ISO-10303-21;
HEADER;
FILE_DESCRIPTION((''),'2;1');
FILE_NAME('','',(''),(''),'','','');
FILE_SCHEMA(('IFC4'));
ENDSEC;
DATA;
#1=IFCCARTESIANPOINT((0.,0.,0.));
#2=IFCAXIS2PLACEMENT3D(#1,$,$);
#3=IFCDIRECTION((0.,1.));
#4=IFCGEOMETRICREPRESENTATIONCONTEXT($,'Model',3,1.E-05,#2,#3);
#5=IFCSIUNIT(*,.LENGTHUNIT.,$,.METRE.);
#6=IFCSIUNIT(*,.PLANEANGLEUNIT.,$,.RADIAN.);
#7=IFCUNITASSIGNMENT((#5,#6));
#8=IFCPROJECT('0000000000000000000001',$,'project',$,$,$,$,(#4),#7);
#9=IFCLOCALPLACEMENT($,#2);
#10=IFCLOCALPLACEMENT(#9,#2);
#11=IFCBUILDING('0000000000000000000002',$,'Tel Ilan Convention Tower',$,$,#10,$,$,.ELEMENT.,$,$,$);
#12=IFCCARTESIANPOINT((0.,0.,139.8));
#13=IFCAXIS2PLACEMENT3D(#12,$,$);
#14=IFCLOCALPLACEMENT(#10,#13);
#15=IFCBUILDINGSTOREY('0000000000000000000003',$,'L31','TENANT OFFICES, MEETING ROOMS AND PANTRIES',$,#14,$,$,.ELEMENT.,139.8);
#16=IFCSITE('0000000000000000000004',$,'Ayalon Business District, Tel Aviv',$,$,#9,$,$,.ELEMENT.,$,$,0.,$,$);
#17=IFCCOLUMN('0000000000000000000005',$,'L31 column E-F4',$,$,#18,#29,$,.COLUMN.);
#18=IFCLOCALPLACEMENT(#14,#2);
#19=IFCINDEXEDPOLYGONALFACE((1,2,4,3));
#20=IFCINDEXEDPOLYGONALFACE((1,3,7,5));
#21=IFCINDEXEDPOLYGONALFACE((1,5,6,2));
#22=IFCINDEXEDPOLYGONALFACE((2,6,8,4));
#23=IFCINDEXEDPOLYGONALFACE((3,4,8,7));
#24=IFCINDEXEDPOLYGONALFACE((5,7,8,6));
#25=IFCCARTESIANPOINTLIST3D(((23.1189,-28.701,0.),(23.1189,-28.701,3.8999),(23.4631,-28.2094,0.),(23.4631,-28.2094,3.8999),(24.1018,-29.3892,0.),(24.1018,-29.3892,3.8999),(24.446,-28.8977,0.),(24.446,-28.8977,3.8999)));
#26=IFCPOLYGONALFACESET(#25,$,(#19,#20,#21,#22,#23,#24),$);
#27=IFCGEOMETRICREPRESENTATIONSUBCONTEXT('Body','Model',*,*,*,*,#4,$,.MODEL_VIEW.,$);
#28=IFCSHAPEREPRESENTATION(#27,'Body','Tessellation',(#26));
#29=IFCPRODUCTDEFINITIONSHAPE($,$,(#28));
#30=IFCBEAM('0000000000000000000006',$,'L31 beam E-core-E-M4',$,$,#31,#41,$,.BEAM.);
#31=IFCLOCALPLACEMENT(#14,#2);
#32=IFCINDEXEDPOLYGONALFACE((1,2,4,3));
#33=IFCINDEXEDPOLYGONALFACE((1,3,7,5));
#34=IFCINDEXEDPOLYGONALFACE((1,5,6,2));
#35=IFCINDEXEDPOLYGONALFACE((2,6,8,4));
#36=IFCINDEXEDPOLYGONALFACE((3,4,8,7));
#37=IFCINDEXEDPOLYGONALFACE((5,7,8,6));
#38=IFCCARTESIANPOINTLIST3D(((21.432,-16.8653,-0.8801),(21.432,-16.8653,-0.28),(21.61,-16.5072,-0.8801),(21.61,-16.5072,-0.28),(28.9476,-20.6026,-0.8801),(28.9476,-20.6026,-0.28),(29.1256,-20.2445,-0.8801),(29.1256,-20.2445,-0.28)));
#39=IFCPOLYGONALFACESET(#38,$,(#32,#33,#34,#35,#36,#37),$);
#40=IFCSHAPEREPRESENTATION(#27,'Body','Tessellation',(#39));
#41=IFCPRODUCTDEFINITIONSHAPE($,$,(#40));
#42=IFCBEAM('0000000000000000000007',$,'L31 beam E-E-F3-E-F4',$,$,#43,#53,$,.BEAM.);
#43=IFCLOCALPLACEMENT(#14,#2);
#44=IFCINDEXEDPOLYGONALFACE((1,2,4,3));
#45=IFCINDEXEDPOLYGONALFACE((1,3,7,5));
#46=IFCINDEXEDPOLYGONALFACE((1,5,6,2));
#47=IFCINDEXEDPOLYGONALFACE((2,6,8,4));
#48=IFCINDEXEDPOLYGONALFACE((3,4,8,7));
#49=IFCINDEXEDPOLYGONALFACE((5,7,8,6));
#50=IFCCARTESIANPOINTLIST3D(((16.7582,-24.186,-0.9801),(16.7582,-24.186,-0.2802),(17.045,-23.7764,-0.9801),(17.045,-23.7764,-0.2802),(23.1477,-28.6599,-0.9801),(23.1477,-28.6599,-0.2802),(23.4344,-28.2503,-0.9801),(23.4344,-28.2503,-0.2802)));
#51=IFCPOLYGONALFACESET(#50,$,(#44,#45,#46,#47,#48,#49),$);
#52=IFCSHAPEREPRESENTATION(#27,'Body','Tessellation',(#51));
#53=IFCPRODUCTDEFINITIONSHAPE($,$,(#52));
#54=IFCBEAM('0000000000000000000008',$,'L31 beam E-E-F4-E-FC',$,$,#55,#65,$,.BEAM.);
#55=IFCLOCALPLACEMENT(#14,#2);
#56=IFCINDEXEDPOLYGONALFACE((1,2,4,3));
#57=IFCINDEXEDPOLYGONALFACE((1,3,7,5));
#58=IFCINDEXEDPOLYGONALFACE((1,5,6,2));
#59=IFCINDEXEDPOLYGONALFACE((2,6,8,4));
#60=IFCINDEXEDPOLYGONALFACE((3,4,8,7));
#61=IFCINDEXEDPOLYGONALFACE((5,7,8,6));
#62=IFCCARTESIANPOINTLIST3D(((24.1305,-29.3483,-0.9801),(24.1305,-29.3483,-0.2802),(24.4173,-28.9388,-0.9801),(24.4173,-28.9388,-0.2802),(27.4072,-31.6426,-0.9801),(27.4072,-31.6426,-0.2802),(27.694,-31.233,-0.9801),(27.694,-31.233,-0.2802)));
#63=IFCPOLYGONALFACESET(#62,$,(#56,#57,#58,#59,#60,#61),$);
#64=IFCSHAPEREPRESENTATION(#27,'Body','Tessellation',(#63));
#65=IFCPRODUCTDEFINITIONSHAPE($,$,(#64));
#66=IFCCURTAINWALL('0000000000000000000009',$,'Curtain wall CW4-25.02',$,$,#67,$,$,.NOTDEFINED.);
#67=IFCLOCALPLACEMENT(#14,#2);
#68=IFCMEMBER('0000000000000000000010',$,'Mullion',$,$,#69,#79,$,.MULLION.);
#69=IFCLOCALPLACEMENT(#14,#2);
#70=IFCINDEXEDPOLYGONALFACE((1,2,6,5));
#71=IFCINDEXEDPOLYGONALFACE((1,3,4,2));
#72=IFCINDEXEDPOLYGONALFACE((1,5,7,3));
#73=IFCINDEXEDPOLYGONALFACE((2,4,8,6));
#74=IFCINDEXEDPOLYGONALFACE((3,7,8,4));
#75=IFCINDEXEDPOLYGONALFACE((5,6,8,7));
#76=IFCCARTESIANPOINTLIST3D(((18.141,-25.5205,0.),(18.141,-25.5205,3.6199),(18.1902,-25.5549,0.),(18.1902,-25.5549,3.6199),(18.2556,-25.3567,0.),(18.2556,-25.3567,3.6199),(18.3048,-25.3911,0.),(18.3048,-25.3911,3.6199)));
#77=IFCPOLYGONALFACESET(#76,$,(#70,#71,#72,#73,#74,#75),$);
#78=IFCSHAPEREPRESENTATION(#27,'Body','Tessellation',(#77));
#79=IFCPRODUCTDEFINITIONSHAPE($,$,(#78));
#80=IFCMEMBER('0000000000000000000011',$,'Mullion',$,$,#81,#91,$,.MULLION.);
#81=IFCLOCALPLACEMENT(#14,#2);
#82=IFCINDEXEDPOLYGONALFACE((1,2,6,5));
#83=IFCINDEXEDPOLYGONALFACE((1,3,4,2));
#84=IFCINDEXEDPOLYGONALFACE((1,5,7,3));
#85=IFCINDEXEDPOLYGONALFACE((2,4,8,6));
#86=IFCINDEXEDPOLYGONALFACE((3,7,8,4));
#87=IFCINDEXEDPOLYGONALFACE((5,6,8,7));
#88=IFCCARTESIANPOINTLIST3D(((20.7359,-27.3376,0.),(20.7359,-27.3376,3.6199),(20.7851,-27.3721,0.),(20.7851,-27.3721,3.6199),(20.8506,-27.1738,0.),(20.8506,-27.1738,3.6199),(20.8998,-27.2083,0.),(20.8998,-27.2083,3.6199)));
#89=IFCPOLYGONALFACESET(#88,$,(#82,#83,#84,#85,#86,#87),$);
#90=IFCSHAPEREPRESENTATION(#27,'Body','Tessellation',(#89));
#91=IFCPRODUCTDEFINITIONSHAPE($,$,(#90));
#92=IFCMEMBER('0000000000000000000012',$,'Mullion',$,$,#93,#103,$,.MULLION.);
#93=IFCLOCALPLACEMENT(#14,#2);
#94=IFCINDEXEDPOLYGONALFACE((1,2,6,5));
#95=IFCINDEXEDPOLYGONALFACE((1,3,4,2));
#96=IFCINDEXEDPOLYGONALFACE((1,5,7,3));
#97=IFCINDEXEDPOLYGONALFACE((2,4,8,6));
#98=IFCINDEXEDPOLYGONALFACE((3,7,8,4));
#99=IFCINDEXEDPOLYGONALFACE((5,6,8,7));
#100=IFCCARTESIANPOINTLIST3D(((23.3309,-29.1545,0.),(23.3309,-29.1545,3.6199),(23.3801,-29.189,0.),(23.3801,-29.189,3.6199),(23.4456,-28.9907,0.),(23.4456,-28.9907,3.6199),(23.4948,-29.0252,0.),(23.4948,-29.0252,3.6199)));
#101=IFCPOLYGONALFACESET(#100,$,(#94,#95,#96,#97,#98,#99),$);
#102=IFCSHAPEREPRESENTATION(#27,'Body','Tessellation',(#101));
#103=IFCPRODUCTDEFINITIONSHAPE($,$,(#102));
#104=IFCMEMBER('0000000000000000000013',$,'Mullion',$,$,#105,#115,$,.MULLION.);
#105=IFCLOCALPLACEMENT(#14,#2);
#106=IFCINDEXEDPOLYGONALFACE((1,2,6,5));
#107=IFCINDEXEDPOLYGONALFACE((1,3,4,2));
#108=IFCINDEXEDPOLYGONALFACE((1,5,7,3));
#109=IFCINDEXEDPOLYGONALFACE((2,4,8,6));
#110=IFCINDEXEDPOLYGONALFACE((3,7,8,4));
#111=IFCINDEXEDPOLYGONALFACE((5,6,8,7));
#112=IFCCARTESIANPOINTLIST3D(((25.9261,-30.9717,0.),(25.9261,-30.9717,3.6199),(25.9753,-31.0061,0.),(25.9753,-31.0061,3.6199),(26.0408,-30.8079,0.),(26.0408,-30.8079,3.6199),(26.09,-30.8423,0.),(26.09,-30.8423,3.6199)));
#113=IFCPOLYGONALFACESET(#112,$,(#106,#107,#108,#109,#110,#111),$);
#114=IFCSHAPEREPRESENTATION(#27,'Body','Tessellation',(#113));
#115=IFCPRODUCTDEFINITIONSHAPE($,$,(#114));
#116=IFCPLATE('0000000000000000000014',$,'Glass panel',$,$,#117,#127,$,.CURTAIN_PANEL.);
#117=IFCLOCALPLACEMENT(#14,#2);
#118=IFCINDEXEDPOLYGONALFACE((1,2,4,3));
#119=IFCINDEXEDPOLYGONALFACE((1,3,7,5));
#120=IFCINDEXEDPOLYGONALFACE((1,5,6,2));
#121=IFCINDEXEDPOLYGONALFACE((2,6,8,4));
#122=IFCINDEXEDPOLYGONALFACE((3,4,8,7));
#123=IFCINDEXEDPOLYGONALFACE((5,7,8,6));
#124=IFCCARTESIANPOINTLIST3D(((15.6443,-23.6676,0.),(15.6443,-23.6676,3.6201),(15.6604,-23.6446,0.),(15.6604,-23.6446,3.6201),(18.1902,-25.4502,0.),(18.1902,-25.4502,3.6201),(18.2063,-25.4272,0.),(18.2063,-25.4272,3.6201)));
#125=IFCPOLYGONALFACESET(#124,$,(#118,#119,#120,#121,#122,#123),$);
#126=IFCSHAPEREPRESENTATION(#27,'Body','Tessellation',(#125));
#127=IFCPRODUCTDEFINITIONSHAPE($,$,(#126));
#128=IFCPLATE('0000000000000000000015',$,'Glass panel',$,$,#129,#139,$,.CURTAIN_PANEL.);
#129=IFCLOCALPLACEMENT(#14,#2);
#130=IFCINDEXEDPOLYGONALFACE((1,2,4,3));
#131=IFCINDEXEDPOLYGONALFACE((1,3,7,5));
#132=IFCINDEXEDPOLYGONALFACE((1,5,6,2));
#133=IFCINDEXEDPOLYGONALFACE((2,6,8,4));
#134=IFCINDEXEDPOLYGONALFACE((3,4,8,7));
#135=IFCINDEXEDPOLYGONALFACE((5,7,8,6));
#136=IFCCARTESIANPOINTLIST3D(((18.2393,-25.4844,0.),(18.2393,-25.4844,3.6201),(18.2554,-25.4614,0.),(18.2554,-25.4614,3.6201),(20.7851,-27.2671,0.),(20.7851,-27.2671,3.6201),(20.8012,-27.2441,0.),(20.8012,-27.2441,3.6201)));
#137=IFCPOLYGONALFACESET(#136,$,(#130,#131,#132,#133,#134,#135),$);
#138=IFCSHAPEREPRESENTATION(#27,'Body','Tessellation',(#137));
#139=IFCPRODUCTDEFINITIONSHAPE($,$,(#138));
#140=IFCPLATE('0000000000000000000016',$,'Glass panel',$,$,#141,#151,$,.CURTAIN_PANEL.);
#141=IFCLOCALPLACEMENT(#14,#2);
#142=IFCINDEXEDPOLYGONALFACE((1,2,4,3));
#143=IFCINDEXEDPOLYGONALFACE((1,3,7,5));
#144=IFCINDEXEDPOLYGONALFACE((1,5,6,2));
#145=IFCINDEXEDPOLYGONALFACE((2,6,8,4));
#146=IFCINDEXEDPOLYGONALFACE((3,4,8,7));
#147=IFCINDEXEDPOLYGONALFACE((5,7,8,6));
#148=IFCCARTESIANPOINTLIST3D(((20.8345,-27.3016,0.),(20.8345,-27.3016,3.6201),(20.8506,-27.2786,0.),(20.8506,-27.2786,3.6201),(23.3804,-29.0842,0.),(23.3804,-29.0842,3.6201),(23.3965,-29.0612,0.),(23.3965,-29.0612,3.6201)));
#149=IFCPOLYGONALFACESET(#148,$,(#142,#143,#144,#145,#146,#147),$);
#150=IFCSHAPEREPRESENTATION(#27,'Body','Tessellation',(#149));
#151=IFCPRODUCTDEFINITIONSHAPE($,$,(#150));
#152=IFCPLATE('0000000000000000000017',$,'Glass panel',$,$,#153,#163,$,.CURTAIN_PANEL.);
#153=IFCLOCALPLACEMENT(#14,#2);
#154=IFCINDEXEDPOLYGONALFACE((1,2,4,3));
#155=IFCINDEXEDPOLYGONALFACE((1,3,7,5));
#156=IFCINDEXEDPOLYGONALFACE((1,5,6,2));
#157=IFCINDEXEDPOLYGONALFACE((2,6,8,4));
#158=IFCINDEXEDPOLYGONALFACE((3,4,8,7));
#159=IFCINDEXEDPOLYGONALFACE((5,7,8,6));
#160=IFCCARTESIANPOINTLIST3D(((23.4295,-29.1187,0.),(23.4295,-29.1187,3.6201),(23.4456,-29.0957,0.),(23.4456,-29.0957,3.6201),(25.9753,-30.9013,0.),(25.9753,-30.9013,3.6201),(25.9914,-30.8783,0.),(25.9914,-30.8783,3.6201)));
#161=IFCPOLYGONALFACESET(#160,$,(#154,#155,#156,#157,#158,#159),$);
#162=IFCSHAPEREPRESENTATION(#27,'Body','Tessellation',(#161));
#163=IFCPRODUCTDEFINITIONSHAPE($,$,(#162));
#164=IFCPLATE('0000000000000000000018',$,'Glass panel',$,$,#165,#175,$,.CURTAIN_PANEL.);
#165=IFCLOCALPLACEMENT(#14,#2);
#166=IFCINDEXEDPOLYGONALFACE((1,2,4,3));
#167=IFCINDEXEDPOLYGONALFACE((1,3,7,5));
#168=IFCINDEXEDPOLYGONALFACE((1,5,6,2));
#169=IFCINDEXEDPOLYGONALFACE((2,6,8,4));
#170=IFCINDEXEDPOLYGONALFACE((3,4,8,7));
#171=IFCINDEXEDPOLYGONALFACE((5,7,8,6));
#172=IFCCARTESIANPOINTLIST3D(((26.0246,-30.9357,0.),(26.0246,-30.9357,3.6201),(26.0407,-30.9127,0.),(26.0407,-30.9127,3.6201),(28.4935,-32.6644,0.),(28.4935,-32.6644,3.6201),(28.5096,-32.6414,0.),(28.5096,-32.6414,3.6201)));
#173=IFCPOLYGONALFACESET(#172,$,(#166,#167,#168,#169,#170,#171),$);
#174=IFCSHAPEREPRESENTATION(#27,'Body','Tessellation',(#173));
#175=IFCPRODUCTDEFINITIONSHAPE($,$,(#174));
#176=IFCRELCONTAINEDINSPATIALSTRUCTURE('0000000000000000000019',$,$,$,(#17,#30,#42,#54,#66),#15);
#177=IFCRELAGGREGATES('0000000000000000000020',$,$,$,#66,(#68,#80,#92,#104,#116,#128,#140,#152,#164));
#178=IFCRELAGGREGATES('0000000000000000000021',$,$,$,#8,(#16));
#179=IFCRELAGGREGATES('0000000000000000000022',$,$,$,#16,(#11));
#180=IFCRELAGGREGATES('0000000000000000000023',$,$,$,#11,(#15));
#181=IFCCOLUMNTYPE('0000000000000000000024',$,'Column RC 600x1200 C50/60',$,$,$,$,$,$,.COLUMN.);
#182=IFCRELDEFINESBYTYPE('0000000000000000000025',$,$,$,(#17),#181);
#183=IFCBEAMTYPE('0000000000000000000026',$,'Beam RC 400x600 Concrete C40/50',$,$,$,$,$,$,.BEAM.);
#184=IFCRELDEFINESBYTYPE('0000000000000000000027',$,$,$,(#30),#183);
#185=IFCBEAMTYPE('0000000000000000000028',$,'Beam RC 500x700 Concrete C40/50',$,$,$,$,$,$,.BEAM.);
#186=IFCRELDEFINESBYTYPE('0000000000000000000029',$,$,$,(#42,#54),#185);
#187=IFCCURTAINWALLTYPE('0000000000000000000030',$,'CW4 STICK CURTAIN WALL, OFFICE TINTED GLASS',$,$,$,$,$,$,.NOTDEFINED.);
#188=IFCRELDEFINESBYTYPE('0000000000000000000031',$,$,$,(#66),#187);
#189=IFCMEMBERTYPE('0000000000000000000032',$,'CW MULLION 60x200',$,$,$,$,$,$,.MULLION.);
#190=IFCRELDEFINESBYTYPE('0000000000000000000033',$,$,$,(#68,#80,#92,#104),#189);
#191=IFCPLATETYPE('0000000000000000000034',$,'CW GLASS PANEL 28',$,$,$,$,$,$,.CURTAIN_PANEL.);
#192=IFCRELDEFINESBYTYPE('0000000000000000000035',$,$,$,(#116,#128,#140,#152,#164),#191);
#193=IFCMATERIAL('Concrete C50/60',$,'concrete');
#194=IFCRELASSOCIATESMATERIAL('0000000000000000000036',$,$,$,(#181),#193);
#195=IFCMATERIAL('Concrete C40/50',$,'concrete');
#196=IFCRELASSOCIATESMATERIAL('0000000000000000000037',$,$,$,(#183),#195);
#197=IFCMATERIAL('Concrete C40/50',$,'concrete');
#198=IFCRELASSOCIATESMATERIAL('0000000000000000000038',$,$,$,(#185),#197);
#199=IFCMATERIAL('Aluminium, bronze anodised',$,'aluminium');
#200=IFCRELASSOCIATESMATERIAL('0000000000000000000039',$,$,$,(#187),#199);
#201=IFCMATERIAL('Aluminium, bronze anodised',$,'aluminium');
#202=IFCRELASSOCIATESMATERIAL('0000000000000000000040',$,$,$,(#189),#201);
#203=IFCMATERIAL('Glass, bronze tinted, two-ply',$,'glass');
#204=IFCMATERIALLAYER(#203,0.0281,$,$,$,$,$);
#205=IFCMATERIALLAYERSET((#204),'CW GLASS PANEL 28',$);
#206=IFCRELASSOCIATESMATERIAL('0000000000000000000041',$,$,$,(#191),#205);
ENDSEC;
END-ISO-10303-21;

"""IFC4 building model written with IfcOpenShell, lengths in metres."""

from ifc_helpers import new_model, si_unit, direction, frame, origin, origin_2d, place, context, subcontext, project, spatial, rectangle, extrude, material, layer, layer_set, material_profile, profile_set, type_object, element, aggregate, save


model = new_model("IFC4")

# Units and contexts
model_context = context("Model", 3, precision=1e-05, world=origin(), true_north=direction((0.0, 1.0)))
body_context = subcontext(model_context, "Body", "Model", "MODEL_VIEW")
ifc_project = project(units=[si_unit("LENGTHUNIT", "METRE"), si_unit("PLANEANGLEUNIT", "RADIAN")], contexts=[model_context])

# Site, building, storey
site_placement = place(None, origin())
site = spatial("IfcSite", under=ifc_project, at=site_placement, Name="Ayalon Business District, Tel Aviv", CompositionType="ELEMENT", RefElevation=0.0)
building_placement = place(site_placement, origin())
building = spatial("IfcBuilding", under=site, at=building_placement, Name="Tel Ilan Convention Tower", CompositionType="ELEMENT")
storey_placement = place(building_placement, frame((0.0, 0.0, 139.8)))
storey = spatial("IfcBuildingStorey", under=building, at=storey_placement, Name="L31", Description="TENANT OFFICES, MEETING ROOMS AND PANTRIES", CompositionType="ELEMENT", Elevation=139.8)

# Column
ifc_material_1 = material(Name="Concrete C50/60", Category="concrete")
ifc_material_profile_1 = material_profile(ifc_material_1, rectangle(XDim=1.2, YDim=0.6001, at=origin_2d()), Name="RC 600x1200")
ifc_profile_set_1 = profile_set([ifc_material_profile_1], Name="Concrete C50/60")
column_type = type_object("IfcColumnType", Name="Column RC 600x1200 C50/60", PredefinedType="COLUMN", material=ifc_profile_set_1)
column_placement = place(storey_placement, frame((23.7825, -28.7993, 0.0), z_axis=(0.0, 0.0, 1.0), x_axis=(0.819152, -0.573576, 0.0)))
element("IfcColumn", 1, at=column_placement, inside=storey, type_object=column_type, Name="L31 column E-F4", PredefinedType="COLUMN", context=body_context, shape_type="SweptSolid", body=[
    extrude(rectangle(XDim=1.2, YDim=0.6001, at=origin_2d()), origin(), (0.0, 0.0, 1.0), 3.8999),
])

# Beams
ifc_material_2 = material(Name="Concrete C40/50", Category="concrete")
ifc_material_profile_2 = material_profile(ifc_material_2, rectangle(XDim=0.3999, YDim=0.6001, at=origin_2d()), Name="RC 400x600")
ifc_profile_set_2 = profile_set([ifc_material_profile_2], Name="Concrete C40/50")
beam_type_1 = type_object("IfcBeamType", Name="Beam RC 400x600 Concrete C40/50", PredefinedType="BEAM", material=ifc_profile_set_2)
beam_1_placement = place(storey_placement, frame((21.521, -16.6863, -0.5801), z_axis=(0.895402, -0.445258, 0.0), x_axis=(0.445258, 0.895402, 0.0)))
element("IfcBeam", 2, at=beam_1_placement, inside=storey, type_object=beam_type_1, Name="L31 beam E-core-E-M4", PredefinedType="BEAM", context=body_context, shape_type="SweptSolid", body=[
    extrude(rectangle(XDim=0.3999, YDim=0.6001, at=origin_2d()), origin(), (0.0, 0.0, 1.0), 8.3936),
])
ifc_material_3 = material(Name="Concrete C40/50", Category="concrete")
ifc_material_profile_3 = material_profile(ifc_material_3, rectangle(XDim=0.5, YDim=0.7, at=origin_2d()), Name="RC 500x700")
ifc_profile_set_3 = profile_set([ifc_material_profile_3], Name="Concrete C40/50")
beam_type_2 = type_object("IfcBeamType", Name="Beam RC 500x700 Concrete C40/50", PredefinedType="BEAM", material=ifc_profile_set_3)
beam_2_placement = place(storey_placement, frame((16.9016, -23.9812, -0.6301), z_axis=(0.819154, -0.573574, 0.0), x_axis=(0.573574, 0.819154, 0.0)))
element("IfcBeam", 3, at=beam_2_placement, inside=storey, type_object=beam_type_2, Name="L31 beam E-E-F3-E-F4", PredefinedType="BEAM", context=body_context, shape_type="SweptSolid", body=[
    extrude(rectangle(XDim=0.5, YDim=0.7, at=origin_2d()), origin(), (0.0, 0.0, 1.0), 7.8),
])
beam_3_placement = place(storey_placement, frame((24.2739, -29.1436, -0.6301), z_axis=(0.819166, -0.573557, 0.0), x_axis=(0.573557, 0.819166, 0.0)))
element("IfcBeam", 4, at=beam_3_placement, inside=storey, type_object=beam_type_2, Name="L31 beam E-E-F4-E-FC", PredefinedType="BEAM", context=body_context, shape_type="SweptSolid", body=[
    extrude(rectangle(XDim=0.5, YDim=0.7, at=origin_2d()), origin(), (0.0, 0.0, 1.0), 4.0),
])

# Curtain wall, members, plates
ifc_material_4 = material(Name="Aluminium, bronze anodised", Category="aluminium")
curtain_wall_type = type_object("IfcCurtainWallType", Name="CW4 STICK CURTAIN WALL, OFFICE TINTED GLASS", PredefinedType="NOTDEFINED", material=ifc_material_4)
curtain_wall_placement = place(storey_placement, origin())
curtain_wall = element("IfcCurtainWall", 5, at=curtain_wall_placement, inside=storey, type_object=curtain_wall_type, Name="Curtain wall CW4-25.02", PredefinedType="NOTDEFINED")
ifc_material_5 = material(Name="Aluminium, bronze anodised", Category="aluminium")
ifc_material_profile_4 = material_profile(ifc_material_5, rectangle(XDim=0.0601, YDim=0.2, at=origin_2d()), Name="CW MULLION 60x200")
ifc_profile_set_4 = profile_set([ifc_material_profile_4], Name="Aluminium, bronze anodised")
member_type = type_object("IfcMemberType", Name="CW MULLION 60x200", PredefinedType="MULLION", material=ifc_profile_set_4)
member_1_placement = place(storey_placement, frame((18.2229, -25.4558, 0.0), z_axis=(0.0, 0.0, 1.0), x_axis=(0.819152, -0.573576, 0.0)))
member_1 = element("IfcMember", 6, at=member_1_placement, type_object=member_type, Name="Mullion", PredefinedType="MULLION", context=body_context, shape_type="SweptSolid", body=[
    extrude(rectangle(XDim=0.0601, YDim=0.2, at=origin_2d()), origin(), (0.0, 0.0, 1.0), 3.6199),
])
member_2_placement = place(storey_placement, frame((20.8179, -27.2729, 0.0), z_axis=(0.0, 0.0, 1.0), x_axis=(0.819152, -0.573576, 0.0)))
member_2 = element("IfcMember", 7, at=member_2_placement, type_object=member_type, Name="Mullion", PredefinedType="MULLION", context=body_context, shape_type="SweptSolid", body=[
    extrude(rectangle(XDim=0.0601, YDim=0.2, at=origin_2d()), origin(), (0.0, 0.0, 1.0), 3.6199),
])
member_3_placement = place(storey_placement, frame((23.4128, -29.0898, 0.0), z_axis=(0.0, 0.0, 1.0), x_axis=(0.819152, -0.573576, 0.0)))
member_3 = element("IfcMember", 8, at=member_3_placement, type_object=member_type, Name="Mullion", PredefinedType="MULLION", context=body_context, shape_type="SweptSolid", body=[
    extrude(rectangle(XDim=0.0601, YDim=0.2, at=origin_2d()), origin(), (0.0, 0.0, 1.0), 3.6199),
])
member_4_placement = place(storey_placement, frame((26.0081, -30.907, 0.0), z_axis=(0.0, 0.0, 1.0), x_axis=(0.819152, -0.573576, 0.0)))
member_4 = element("IfcMember", 9, at=member_4_placement, type_object=member_type, Name="Mullion", PredefinedType="MULLION", context=body_context, shape_type="SweptSolid", body=[
    extrude(rectangle(XDim=0.0601, YDim=0.2, at=origin_2d()), origin(), (0.0, 0.0, 1.0), 3.6199),
])
ifc_material_6 = material(Name="Glass, bronze tinted, two-ply", Category="glass")
ifc_layer_1 = layer(ifc_material_6, 0.0281)
ifc_layer_set_1 = layer_set([ifc_layer_1], Name="CW GLASS PANEL 28")
plate_type = type_object("IfcPlateType", Name="CW GLASS PANEL 28", PredefinedType="CURTAIN_PANEL", material=ifc_layer_set_1)
plate_1_placement = place(storey_placement, frame((16.9253, -24.5474, 0.0), z_axis=(0.0, 0.0, 1.0), x_axis=(0.819152, -0.573576, 0.0)))
plate_1 = element("IfcPlate", 10, at=plate_1_placement, type_object=plate_type, Name="Glass panel", PredefinedType="CURTAIN_PANEL", context=body_context, shape_type="SweptSolid", body=[
    extrude(rectangle(XDim=3.1079, YDim=0.0281, at=origin_2d()), origin(), (0.0, 0.0, 1.0), 3.6201),
])
plate_2_placement = place(storey_placement, frame((19.5203, -26.3643, 0.0), z_axis=(0.0, 0.0, 1.0), x_axis=(0.819152, -0.573576, 0.0)))
plate_2 = element("IfcPlate", 11, at=plate_2_placement, type_object=plate_type, Name="Glass panel", PredefinedType="CURTAIN_PANEL", context=body_context, shape_type="SweptSolid", body=[
    extrude(rectangle(XDim=3.1079, YDim=0.0281, at=origin_2d()), origin(), (0.0, 0.0, 1.0), 3.6201),
])
plate_3_placement = place(storey_placement, frame((22.1155, -28.1814, 0.0), z_axis=(0.0, 0.0, 1.0), x_axis=(0.819152, -0.573576, 0.0)))
plate_3 = element("IfcPlate", 12, at=plate_3_placement, type_object=plate_type, Name="Glass panel", PredefinedType="CURTAIN_PANEL", context=body_context, shape_type="SweptSolid", body=[
    extrude(rectangle(XDim=3.1079, YDim=0.0281, at=origin_2d()), origin(), (0.0, 0.0, 1.0), 3.6201),
])
plate_4_placement = place(storey_placement, frame((24.7104, -29.9985, 0.0), z_axis=(0.0, 0.0, 1.0), x_axis=(0.819152, -0.573576, 0.0)))
plate_4 = element("IfcPlate", 13, at=plate_4_placement, type_object=plate_type, Name="Glass panel", PredefinedType="CURTAIN_PANEL", context=body_context, shape_type="SweptSolid", body=[
    extrude(rectangle(XDim=3.1079, YDim=0.0281, at=origin_2d()), origin(), (0.0, 0.0, 1.0), 3.6201),
])
plate_5_placement = place(storey_placement, frame((27.2671, -31.7886, 0.0), z_axis=(0.0, 0.0, 1.0), x_axis=(0.819152, -0.573576, 0.0)))
plate_5 = element("IfcPlate", 14, at=plate_5_placement, type_object=plate_type, Name="Glass panel", PredefinedType="CURTAIN_PANEL", context=body_context, shape_type="SweptSolid", body=[
    extrude(rectangle(XDim=3.0139, YDim=0.0281, at=origin_2d()), origin(), (0.0, 0.0, 1.0), 3.6201),
])
aggregate(curtain_wall, [member_1, member_2, member_3, member_4, plate_1, plate_2, plate_3, plate_4, plate_5])

save(model, "model.ifc")
